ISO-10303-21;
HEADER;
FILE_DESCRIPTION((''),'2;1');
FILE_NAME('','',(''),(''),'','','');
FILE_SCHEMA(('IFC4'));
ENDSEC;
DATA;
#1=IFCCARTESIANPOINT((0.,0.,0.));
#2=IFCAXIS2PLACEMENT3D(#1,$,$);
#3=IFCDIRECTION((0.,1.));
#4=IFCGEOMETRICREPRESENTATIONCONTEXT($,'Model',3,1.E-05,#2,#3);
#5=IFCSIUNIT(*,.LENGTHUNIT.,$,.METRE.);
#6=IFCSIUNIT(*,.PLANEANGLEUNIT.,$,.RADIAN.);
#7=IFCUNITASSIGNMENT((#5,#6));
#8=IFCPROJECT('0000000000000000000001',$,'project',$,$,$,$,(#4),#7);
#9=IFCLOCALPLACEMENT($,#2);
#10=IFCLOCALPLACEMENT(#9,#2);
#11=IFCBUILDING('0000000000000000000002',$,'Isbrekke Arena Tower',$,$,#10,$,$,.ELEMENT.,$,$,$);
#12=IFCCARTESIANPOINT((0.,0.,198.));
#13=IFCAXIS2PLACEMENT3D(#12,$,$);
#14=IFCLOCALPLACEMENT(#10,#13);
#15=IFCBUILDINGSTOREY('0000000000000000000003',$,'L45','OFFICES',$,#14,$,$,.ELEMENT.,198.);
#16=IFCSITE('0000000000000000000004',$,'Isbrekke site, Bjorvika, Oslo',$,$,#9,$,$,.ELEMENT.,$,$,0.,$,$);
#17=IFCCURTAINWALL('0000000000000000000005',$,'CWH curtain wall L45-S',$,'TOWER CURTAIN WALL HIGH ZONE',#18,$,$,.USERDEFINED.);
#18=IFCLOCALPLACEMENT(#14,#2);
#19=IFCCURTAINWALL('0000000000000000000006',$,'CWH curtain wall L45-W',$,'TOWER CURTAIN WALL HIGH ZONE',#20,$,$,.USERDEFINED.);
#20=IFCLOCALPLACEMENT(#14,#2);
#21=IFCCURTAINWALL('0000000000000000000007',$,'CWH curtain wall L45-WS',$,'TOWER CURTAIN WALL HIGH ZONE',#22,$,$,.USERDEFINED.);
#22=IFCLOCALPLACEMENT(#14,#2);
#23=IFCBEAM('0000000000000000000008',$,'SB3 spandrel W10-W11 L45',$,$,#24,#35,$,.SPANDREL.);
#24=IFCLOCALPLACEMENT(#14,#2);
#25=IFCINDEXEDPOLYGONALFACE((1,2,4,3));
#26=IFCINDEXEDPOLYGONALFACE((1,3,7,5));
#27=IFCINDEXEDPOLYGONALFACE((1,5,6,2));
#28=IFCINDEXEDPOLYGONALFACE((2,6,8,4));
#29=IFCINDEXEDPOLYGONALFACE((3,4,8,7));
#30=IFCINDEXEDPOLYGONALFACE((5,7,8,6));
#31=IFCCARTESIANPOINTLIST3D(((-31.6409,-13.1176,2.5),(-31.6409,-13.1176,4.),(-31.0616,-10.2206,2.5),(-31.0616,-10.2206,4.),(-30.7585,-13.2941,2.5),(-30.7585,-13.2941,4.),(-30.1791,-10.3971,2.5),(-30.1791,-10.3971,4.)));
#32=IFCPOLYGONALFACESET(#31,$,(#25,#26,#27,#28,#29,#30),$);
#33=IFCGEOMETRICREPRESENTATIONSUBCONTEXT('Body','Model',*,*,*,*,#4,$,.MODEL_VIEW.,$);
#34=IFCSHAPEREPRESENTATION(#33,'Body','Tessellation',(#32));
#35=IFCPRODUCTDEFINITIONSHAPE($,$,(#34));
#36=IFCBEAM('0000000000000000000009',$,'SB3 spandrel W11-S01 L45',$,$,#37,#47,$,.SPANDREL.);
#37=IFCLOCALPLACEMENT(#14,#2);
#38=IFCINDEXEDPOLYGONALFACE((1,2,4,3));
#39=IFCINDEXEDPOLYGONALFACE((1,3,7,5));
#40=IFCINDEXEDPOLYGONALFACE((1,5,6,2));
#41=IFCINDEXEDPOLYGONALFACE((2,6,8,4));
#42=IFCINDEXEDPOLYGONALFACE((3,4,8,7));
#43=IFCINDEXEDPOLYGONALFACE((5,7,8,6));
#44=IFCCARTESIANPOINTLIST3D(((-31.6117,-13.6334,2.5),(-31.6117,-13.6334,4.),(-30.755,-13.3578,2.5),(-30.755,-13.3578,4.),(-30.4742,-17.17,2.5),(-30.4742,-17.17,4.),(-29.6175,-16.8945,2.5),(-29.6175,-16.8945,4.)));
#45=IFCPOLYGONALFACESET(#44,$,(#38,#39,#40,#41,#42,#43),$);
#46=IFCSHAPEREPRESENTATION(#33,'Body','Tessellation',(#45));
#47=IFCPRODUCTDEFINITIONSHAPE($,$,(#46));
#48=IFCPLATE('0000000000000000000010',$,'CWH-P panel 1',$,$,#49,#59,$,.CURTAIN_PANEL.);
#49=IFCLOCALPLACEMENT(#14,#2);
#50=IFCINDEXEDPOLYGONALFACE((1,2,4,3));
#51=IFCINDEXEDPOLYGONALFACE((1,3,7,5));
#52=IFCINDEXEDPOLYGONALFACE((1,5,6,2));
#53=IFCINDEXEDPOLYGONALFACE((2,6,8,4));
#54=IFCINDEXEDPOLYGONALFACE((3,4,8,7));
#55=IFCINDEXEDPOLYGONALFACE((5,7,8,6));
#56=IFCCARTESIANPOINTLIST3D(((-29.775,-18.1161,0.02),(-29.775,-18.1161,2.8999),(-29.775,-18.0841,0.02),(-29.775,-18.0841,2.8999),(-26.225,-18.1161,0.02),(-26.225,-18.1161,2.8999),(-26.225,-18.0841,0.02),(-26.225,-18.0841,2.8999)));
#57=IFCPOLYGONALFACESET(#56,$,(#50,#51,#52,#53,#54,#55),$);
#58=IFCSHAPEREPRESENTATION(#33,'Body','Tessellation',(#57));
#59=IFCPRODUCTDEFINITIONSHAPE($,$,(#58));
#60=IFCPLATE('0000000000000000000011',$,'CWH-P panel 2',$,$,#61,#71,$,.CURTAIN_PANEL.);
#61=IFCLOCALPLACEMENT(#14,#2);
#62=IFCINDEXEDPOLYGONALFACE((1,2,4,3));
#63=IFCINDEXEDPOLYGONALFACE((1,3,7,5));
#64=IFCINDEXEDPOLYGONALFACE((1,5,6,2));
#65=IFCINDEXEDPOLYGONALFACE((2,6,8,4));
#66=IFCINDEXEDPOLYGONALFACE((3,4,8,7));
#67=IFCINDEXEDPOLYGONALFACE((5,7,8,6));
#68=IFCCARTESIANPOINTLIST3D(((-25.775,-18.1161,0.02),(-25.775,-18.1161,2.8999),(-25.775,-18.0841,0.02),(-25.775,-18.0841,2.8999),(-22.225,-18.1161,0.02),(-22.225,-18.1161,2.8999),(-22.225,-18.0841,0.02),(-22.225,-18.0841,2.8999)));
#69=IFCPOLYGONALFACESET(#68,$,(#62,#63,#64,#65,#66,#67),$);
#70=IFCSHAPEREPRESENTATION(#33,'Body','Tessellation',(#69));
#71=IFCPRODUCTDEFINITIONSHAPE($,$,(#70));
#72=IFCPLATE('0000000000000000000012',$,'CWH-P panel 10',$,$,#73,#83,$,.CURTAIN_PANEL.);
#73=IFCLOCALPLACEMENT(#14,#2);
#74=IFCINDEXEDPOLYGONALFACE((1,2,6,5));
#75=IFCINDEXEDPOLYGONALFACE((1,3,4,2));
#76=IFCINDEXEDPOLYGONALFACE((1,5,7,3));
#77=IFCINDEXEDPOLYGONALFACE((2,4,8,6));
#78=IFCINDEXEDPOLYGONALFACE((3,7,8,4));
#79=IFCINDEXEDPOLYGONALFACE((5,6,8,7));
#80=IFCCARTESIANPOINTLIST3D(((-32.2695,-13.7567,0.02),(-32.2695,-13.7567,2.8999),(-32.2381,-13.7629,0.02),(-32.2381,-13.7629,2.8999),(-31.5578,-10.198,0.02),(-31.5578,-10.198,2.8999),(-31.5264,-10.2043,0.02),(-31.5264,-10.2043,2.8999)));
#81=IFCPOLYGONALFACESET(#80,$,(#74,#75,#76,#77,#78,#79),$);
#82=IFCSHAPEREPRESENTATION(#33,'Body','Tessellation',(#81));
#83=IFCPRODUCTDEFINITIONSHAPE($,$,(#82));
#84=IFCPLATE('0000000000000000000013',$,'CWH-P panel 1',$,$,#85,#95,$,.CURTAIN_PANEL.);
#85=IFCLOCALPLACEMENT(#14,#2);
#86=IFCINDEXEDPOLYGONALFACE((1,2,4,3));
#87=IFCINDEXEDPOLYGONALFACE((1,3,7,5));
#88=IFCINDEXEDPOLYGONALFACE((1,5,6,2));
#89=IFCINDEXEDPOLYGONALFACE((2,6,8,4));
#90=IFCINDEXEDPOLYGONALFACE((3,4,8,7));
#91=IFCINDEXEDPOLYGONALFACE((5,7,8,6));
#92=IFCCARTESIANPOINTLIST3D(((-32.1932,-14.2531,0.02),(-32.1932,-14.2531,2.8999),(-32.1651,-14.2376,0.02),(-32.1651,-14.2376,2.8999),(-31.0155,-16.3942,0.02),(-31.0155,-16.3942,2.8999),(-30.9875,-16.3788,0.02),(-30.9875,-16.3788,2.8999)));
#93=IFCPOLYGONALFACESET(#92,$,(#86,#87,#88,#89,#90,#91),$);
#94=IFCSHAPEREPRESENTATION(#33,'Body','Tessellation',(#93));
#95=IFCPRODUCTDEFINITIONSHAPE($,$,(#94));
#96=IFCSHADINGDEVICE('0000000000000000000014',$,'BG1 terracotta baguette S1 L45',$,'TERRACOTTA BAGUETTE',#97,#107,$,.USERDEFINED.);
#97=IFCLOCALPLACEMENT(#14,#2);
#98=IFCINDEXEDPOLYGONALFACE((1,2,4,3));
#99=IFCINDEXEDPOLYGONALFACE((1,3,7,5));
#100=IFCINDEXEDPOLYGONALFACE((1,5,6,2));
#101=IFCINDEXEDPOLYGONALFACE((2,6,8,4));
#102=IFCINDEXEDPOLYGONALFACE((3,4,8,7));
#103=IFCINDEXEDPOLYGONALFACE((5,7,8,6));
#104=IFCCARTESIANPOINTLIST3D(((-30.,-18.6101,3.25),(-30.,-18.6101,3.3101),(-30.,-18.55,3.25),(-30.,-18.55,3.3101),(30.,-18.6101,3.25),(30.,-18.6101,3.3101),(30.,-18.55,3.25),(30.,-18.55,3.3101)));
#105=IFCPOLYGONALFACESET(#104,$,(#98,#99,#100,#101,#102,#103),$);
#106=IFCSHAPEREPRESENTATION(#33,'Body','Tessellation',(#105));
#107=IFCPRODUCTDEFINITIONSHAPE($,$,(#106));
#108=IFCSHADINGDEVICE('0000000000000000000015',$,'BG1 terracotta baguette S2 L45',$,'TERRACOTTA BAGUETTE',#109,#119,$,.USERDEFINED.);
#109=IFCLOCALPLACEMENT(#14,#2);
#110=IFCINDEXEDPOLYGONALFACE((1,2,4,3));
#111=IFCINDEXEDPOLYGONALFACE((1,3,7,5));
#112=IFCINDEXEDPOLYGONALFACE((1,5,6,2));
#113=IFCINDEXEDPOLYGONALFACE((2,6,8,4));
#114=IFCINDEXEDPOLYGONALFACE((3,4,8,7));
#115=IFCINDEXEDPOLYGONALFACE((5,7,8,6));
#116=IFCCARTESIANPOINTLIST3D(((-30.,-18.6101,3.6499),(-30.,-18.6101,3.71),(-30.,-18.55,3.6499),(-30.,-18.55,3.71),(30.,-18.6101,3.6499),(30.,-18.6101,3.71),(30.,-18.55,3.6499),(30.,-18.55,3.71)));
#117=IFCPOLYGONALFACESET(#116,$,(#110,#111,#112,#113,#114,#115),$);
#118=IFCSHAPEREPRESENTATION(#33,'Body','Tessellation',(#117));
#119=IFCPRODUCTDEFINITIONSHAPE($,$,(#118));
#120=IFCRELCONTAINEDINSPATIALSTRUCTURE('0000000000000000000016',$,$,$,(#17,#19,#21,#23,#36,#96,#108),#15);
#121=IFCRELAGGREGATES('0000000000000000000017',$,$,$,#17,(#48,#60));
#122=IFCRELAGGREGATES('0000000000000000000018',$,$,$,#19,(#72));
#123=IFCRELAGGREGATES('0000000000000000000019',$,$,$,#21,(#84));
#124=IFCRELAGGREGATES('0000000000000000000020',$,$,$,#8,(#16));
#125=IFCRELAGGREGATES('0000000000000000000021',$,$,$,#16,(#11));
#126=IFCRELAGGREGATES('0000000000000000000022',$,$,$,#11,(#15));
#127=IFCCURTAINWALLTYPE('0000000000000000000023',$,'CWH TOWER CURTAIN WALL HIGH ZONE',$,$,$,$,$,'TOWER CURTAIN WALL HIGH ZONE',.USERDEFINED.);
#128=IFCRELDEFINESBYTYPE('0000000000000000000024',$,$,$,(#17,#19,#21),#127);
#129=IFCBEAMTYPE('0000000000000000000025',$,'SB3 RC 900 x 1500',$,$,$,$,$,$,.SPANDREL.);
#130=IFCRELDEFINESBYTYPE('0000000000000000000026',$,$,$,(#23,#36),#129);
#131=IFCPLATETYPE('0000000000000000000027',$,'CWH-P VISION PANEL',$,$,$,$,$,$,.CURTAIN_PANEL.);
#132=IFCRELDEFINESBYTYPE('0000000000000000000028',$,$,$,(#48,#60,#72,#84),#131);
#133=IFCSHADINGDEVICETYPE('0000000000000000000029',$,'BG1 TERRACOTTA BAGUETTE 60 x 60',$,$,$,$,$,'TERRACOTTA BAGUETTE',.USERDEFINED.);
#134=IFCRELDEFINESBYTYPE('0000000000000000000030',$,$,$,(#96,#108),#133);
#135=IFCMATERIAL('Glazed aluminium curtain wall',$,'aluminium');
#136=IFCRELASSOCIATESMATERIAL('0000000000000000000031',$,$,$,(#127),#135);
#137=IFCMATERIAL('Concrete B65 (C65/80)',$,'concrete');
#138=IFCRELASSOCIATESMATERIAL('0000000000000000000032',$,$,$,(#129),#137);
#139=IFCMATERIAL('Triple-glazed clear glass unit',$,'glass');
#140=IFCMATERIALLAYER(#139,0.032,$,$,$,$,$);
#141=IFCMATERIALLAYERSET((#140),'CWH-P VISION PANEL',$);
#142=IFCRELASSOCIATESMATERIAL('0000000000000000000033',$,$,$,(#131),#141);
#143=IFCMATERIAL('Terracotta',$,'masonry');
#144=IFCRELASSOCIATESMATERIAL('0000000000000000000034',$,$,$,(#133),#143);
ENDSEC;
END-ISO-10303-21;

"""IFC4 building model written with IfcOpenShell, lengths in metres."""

from ifc_helpers import new_model, si_unit, direction, frame, origin, origin_2d, place, context, subcontext, project, spatial, rectangle, extrude, material, layer, layer_set, material_profile, profile_set, type_object, element, aggregate, save


model = new_model("IFC4")

# Units and contexts
model_context = context("Model", 3, precision=1e-05, world=origin(), true_north=direction((0.0, 1.0)))
body_context = subcontext(model_context, "Body", "Model", "MODEL_VIEW")
ifc_project = project(units=[si_unit("LENGTHUNIT", "METRE"), si_unit("PLANEANGLEUNIT", "RADIAN")], contexts=[model_context])

# Site, building, storey
site_placement = place(None, origin())
site = spatial("IfcSite", under=ifc_project, at=site_placement, Name="Isbrekke site, Bjorvika, Oslo", CompositionType="ELEMENT", RefElevation=0.0)
building_placement = place(site_placement, origin())
building = spatial("IfcBuilding", under=site, at=building_placement, Name="Isbrekke Arena Tower", CompositionType="ELEMENT")
storey_placement = place(building_placement, frame((0.0, 0.0, 198.0)))
storey = spatial("IfcBuildingStorey", under=building, at=storey_placement, Name="L45", Description="OFFICES", CompositionType="ELEMENT", Elevation=198.0)

# Curtain wall
ifc_material_1 = material(Name="Glazed aluminium curtain wall", Category="aluminium")
curtain_wall_type = type_object("IfcCurtainWallType", Name="CWH TOWER CURTAIN WALL HIGH ZONE", ElementType="TOWER CURTAIN WALL HIGH ZONE", PredefinedType="USERDEFINED", material=ifc_material_1)
curtain_wall_1_placement = place(storey_placement, origin())
curtain_wall_1 = element("IfcCurtainWall", 1, at=curtain_wall_1_placement, inside=storey, type_object=curtain_wall_type, Name="CWH curtain wall L45-S", ObjectType="TOWER CURTAIN WALL HIGH ZONE", PredefinedType="USERDEFINED")

# Curtain walls
curtain_wall_2_placement = place(storey_placement, origin())
curtain_wall_2 = element("IfcCurtainWall", 2, at=curtain_wall_2_placement, inside=storey, type_object=curtain_wall_type, Name="CWH curtain wall L45-W", ObjectType="TOWER CURTAIN WALL HIGH ZONE", PredefinedType="USERDEFINED")
curtain_wall_3_placement = place(storey_placement, origin())
curtain_wall_3 = element("IfcCurtainWall", 3, at=curtain_wall_3_placement, inside=storey, type_object=curtain_wall_type, Name="CWH curtain wall L45-WS", ObjectType="TOWER CURTAIN WALL HIGH ZONE", PredefinedType="USERDEFINED")

# Beams
ifc_material_2 = material(Name="Concrete B65 (C65/80)", Category="concrete")
ifc_material_profile_1 = material_profile(ifc_material_2, rectangle(XDim=0.8999, YDim=1.5, at=origin_2d()), Name="RC 900x1500")
ifc_profile_set_1 = profile_set([ifc_material_profile_1], Name="Concrete B65 (C65/80)")
beam_type_1 = type_object("IfcBeamType", Name="SB3 RC 900 x 1500", PredefinedType="SPANDREL", material=ifc_profile_set_1)
beam_1_placement = place(storey_placement, frame((-30.6204, -10.3088, 3.25), z_axis=(-0.1961, -0.980584, 0.0), x_axis=(0.980584, -0.1961, 0.0)))
element("IfcBeam", 4, at=beam_1_placement, inside=storey, type_object=beam_type_1, Name="SB3 spandrel W10-W11 L45", PredefinedType="SPANDREL", context=body_context, shape_type="SweptSolid", body=[
    extrude(rectangle(XDim=0.8999, YDim=1.5, at=origin_2d()), origin(), (0.0, 0.0, 1.0), 2.9543),
])
beam_2_placement = place(storey_placement, frame((-31.1833, -13.4956, 3.25), z_axis=(0.306175, -0.951975, 0.0), x_axis=(0.951975, 0.306175, 0.0)))
element("IfcBeam", 5, at=beam_2_placement, inside=storey, type_object=beam_type_1, Name="SB3 spandrel W11-S01 L45", PredefinedType="SPANDREL", context=body_context, shape_type="SweptSolid", body=[
    extrude(rectangle(XDim=0.8999, YDim=1.5, at=origin_2d()), origin(), (0.0, 0.0, 1.0), 3.7151),
])

# Plates
ifc_material_3 = material(Name="Triple-glazed clear glass unit", Category="glass")
ifc_layer = layer(ifc_material_3, 0.032)
ifc_layer_set = layer_set([ifc_layer], Name="CWH-P VISION PANEL")
plate_type = type_object("IfcPlateType", Name="CWH-P VISION PANEL", PredefinedType="CURTAIN_PANEL", material=ifc_layer_set)
plate_1_placement = place(storey_placement, frame((-28.0, -18.1001, 0.02), z_axis=(0.0, 0.0, 1.0), x_axis=(1.0, 0.0, 0.0)))
plate_1 = element("IfcPlate", 6, at=plate_1_placement, type_object=plate_type, Name="CWH-P panel 1", PredefinedType="CURTAIN_PANEL", context=body_context, shape_type="SweptSolid", body=[
    extrude(rectangle(XDim=3.55, YDim=0.032, at=origin_2d()), origin(), (0.0, 0.0, 1.0), 2.8799),
])
plate_2_placement = place(storey_placement, frame((-24.0, -18.1001, 0.02), z_axis=(0.0, 0.0, 1.0), x_axis=(1.0, 0.0, 0.0)))
plate_2 = element("IfcPlate", 7, at=plate_2_placement, type_object=plate_type, Name="CWH-P panel 2", PredefinedType="CURTAIN_PANEL", context=body_context, shape_type="SweptSolid", body=[
    extrude(rectangle(XDim=3.55, YDim=0.032, at=origin_2d()), origin(), (0.0, 0.0, 1.0), 2.8799),
])
aggregate(curtain_wall_1, [plate_1, plate_2])
plate_3_placement = place(storey_placement, frame((-31.8979, -11.9805, 0.02), z_axis=(0.0, 0.0, 1.0), x_axis=(-0.196116, -0.980581, 0.0)))
plate_3 = element("IfcPlate", 8, at=plate_3_placement, type_object=plate_type, Name="CWH-P panel 10", PredefinedType="CURTAIN_PANEL", context=body_context, shape_type="SweptSolid", body=[
    extrude(rectangle(XDim=3.6292, YDim=0.032, at=origin_2d()), origin(), (0.0, 0.0, 1.0), 2.8799),
])
aggregate(curtain_wall_2, [plate_3])
plate_4_placement = place(storey_placement, frame((-31.5903, -15.3159, 0.02), z_axis=(0.0, 0.0, 1.0), x_axis=(0.481919, -0.876216, 0.0)))
plate_4 = element("IfcPlate", 9, at=plate_4_placement, type_object=plate_type, Name="CWH-P panel 1", PredefinedType="CURTAIN_PANEL", context=body_context, shape_type="SweptSolid", body=[
    extrude(rectangle(XDim=2.4436, YDim=0.032, at=origin_2d()), origin(), (0.0, 0.0, 1.0), 2.8799),
])
aggregate(curtain_wall_3, [plate_4])

# Shading devices
ifc_material_4 = material(Name="Terracotta", Category="masonry")
ifc_material_profile_2 = material_profile(ifc_material_4, rectangle(XDim=0.0601, YDim=0.0601, at=origin_2d()), Name="BAGUETTE 60X60")
ifc_profile_set_2 = profile_set([ifc_material_profile_2], Name="Terracotta")
shading_device_type = type_object("IfcShadingDeviceType", Name="BG1 TERRACOTTA BAGUETTE 60 x 60", ElementType="TERRACOTTA BAGUETTE", PredefinedType="USERDEFINED", material=ifc_profile_set_2)
for number, where, z_axis, x_axis, name in (
    (10, (-30.0, -18.5801, 3.28), (1.0, 0.0, 0.0), (0.0, 1.0, 0.0), "BG1 terracotta baguette S1 L45"),
    (11, (-30.0, -18.5801, 3.6799), (1.0, 0.0, 0.0), (0.0, 1.0, 0.0), "BG1 terracotta baguette S2 L45"),
):
    element("IfcShadingDevice", number, at=place(storey_placement, frame(where, z_axis=z_axis, x_axis=x_axis)), inside=storey, type_object=shading_device_type, Name=name, ObjectType="TERRACOTTA BAGUETTE", PredefinedType="USERDEFINED", context=body_context, shape_type="SweptSolid", body=[
        extrude(rectangle(XDim=0.0601, YDim=0.0601, at=origin_2d()), origin(), (0.0, 0.0, 1.0), 60.0),
    ])

save(model, "model.ifc")
